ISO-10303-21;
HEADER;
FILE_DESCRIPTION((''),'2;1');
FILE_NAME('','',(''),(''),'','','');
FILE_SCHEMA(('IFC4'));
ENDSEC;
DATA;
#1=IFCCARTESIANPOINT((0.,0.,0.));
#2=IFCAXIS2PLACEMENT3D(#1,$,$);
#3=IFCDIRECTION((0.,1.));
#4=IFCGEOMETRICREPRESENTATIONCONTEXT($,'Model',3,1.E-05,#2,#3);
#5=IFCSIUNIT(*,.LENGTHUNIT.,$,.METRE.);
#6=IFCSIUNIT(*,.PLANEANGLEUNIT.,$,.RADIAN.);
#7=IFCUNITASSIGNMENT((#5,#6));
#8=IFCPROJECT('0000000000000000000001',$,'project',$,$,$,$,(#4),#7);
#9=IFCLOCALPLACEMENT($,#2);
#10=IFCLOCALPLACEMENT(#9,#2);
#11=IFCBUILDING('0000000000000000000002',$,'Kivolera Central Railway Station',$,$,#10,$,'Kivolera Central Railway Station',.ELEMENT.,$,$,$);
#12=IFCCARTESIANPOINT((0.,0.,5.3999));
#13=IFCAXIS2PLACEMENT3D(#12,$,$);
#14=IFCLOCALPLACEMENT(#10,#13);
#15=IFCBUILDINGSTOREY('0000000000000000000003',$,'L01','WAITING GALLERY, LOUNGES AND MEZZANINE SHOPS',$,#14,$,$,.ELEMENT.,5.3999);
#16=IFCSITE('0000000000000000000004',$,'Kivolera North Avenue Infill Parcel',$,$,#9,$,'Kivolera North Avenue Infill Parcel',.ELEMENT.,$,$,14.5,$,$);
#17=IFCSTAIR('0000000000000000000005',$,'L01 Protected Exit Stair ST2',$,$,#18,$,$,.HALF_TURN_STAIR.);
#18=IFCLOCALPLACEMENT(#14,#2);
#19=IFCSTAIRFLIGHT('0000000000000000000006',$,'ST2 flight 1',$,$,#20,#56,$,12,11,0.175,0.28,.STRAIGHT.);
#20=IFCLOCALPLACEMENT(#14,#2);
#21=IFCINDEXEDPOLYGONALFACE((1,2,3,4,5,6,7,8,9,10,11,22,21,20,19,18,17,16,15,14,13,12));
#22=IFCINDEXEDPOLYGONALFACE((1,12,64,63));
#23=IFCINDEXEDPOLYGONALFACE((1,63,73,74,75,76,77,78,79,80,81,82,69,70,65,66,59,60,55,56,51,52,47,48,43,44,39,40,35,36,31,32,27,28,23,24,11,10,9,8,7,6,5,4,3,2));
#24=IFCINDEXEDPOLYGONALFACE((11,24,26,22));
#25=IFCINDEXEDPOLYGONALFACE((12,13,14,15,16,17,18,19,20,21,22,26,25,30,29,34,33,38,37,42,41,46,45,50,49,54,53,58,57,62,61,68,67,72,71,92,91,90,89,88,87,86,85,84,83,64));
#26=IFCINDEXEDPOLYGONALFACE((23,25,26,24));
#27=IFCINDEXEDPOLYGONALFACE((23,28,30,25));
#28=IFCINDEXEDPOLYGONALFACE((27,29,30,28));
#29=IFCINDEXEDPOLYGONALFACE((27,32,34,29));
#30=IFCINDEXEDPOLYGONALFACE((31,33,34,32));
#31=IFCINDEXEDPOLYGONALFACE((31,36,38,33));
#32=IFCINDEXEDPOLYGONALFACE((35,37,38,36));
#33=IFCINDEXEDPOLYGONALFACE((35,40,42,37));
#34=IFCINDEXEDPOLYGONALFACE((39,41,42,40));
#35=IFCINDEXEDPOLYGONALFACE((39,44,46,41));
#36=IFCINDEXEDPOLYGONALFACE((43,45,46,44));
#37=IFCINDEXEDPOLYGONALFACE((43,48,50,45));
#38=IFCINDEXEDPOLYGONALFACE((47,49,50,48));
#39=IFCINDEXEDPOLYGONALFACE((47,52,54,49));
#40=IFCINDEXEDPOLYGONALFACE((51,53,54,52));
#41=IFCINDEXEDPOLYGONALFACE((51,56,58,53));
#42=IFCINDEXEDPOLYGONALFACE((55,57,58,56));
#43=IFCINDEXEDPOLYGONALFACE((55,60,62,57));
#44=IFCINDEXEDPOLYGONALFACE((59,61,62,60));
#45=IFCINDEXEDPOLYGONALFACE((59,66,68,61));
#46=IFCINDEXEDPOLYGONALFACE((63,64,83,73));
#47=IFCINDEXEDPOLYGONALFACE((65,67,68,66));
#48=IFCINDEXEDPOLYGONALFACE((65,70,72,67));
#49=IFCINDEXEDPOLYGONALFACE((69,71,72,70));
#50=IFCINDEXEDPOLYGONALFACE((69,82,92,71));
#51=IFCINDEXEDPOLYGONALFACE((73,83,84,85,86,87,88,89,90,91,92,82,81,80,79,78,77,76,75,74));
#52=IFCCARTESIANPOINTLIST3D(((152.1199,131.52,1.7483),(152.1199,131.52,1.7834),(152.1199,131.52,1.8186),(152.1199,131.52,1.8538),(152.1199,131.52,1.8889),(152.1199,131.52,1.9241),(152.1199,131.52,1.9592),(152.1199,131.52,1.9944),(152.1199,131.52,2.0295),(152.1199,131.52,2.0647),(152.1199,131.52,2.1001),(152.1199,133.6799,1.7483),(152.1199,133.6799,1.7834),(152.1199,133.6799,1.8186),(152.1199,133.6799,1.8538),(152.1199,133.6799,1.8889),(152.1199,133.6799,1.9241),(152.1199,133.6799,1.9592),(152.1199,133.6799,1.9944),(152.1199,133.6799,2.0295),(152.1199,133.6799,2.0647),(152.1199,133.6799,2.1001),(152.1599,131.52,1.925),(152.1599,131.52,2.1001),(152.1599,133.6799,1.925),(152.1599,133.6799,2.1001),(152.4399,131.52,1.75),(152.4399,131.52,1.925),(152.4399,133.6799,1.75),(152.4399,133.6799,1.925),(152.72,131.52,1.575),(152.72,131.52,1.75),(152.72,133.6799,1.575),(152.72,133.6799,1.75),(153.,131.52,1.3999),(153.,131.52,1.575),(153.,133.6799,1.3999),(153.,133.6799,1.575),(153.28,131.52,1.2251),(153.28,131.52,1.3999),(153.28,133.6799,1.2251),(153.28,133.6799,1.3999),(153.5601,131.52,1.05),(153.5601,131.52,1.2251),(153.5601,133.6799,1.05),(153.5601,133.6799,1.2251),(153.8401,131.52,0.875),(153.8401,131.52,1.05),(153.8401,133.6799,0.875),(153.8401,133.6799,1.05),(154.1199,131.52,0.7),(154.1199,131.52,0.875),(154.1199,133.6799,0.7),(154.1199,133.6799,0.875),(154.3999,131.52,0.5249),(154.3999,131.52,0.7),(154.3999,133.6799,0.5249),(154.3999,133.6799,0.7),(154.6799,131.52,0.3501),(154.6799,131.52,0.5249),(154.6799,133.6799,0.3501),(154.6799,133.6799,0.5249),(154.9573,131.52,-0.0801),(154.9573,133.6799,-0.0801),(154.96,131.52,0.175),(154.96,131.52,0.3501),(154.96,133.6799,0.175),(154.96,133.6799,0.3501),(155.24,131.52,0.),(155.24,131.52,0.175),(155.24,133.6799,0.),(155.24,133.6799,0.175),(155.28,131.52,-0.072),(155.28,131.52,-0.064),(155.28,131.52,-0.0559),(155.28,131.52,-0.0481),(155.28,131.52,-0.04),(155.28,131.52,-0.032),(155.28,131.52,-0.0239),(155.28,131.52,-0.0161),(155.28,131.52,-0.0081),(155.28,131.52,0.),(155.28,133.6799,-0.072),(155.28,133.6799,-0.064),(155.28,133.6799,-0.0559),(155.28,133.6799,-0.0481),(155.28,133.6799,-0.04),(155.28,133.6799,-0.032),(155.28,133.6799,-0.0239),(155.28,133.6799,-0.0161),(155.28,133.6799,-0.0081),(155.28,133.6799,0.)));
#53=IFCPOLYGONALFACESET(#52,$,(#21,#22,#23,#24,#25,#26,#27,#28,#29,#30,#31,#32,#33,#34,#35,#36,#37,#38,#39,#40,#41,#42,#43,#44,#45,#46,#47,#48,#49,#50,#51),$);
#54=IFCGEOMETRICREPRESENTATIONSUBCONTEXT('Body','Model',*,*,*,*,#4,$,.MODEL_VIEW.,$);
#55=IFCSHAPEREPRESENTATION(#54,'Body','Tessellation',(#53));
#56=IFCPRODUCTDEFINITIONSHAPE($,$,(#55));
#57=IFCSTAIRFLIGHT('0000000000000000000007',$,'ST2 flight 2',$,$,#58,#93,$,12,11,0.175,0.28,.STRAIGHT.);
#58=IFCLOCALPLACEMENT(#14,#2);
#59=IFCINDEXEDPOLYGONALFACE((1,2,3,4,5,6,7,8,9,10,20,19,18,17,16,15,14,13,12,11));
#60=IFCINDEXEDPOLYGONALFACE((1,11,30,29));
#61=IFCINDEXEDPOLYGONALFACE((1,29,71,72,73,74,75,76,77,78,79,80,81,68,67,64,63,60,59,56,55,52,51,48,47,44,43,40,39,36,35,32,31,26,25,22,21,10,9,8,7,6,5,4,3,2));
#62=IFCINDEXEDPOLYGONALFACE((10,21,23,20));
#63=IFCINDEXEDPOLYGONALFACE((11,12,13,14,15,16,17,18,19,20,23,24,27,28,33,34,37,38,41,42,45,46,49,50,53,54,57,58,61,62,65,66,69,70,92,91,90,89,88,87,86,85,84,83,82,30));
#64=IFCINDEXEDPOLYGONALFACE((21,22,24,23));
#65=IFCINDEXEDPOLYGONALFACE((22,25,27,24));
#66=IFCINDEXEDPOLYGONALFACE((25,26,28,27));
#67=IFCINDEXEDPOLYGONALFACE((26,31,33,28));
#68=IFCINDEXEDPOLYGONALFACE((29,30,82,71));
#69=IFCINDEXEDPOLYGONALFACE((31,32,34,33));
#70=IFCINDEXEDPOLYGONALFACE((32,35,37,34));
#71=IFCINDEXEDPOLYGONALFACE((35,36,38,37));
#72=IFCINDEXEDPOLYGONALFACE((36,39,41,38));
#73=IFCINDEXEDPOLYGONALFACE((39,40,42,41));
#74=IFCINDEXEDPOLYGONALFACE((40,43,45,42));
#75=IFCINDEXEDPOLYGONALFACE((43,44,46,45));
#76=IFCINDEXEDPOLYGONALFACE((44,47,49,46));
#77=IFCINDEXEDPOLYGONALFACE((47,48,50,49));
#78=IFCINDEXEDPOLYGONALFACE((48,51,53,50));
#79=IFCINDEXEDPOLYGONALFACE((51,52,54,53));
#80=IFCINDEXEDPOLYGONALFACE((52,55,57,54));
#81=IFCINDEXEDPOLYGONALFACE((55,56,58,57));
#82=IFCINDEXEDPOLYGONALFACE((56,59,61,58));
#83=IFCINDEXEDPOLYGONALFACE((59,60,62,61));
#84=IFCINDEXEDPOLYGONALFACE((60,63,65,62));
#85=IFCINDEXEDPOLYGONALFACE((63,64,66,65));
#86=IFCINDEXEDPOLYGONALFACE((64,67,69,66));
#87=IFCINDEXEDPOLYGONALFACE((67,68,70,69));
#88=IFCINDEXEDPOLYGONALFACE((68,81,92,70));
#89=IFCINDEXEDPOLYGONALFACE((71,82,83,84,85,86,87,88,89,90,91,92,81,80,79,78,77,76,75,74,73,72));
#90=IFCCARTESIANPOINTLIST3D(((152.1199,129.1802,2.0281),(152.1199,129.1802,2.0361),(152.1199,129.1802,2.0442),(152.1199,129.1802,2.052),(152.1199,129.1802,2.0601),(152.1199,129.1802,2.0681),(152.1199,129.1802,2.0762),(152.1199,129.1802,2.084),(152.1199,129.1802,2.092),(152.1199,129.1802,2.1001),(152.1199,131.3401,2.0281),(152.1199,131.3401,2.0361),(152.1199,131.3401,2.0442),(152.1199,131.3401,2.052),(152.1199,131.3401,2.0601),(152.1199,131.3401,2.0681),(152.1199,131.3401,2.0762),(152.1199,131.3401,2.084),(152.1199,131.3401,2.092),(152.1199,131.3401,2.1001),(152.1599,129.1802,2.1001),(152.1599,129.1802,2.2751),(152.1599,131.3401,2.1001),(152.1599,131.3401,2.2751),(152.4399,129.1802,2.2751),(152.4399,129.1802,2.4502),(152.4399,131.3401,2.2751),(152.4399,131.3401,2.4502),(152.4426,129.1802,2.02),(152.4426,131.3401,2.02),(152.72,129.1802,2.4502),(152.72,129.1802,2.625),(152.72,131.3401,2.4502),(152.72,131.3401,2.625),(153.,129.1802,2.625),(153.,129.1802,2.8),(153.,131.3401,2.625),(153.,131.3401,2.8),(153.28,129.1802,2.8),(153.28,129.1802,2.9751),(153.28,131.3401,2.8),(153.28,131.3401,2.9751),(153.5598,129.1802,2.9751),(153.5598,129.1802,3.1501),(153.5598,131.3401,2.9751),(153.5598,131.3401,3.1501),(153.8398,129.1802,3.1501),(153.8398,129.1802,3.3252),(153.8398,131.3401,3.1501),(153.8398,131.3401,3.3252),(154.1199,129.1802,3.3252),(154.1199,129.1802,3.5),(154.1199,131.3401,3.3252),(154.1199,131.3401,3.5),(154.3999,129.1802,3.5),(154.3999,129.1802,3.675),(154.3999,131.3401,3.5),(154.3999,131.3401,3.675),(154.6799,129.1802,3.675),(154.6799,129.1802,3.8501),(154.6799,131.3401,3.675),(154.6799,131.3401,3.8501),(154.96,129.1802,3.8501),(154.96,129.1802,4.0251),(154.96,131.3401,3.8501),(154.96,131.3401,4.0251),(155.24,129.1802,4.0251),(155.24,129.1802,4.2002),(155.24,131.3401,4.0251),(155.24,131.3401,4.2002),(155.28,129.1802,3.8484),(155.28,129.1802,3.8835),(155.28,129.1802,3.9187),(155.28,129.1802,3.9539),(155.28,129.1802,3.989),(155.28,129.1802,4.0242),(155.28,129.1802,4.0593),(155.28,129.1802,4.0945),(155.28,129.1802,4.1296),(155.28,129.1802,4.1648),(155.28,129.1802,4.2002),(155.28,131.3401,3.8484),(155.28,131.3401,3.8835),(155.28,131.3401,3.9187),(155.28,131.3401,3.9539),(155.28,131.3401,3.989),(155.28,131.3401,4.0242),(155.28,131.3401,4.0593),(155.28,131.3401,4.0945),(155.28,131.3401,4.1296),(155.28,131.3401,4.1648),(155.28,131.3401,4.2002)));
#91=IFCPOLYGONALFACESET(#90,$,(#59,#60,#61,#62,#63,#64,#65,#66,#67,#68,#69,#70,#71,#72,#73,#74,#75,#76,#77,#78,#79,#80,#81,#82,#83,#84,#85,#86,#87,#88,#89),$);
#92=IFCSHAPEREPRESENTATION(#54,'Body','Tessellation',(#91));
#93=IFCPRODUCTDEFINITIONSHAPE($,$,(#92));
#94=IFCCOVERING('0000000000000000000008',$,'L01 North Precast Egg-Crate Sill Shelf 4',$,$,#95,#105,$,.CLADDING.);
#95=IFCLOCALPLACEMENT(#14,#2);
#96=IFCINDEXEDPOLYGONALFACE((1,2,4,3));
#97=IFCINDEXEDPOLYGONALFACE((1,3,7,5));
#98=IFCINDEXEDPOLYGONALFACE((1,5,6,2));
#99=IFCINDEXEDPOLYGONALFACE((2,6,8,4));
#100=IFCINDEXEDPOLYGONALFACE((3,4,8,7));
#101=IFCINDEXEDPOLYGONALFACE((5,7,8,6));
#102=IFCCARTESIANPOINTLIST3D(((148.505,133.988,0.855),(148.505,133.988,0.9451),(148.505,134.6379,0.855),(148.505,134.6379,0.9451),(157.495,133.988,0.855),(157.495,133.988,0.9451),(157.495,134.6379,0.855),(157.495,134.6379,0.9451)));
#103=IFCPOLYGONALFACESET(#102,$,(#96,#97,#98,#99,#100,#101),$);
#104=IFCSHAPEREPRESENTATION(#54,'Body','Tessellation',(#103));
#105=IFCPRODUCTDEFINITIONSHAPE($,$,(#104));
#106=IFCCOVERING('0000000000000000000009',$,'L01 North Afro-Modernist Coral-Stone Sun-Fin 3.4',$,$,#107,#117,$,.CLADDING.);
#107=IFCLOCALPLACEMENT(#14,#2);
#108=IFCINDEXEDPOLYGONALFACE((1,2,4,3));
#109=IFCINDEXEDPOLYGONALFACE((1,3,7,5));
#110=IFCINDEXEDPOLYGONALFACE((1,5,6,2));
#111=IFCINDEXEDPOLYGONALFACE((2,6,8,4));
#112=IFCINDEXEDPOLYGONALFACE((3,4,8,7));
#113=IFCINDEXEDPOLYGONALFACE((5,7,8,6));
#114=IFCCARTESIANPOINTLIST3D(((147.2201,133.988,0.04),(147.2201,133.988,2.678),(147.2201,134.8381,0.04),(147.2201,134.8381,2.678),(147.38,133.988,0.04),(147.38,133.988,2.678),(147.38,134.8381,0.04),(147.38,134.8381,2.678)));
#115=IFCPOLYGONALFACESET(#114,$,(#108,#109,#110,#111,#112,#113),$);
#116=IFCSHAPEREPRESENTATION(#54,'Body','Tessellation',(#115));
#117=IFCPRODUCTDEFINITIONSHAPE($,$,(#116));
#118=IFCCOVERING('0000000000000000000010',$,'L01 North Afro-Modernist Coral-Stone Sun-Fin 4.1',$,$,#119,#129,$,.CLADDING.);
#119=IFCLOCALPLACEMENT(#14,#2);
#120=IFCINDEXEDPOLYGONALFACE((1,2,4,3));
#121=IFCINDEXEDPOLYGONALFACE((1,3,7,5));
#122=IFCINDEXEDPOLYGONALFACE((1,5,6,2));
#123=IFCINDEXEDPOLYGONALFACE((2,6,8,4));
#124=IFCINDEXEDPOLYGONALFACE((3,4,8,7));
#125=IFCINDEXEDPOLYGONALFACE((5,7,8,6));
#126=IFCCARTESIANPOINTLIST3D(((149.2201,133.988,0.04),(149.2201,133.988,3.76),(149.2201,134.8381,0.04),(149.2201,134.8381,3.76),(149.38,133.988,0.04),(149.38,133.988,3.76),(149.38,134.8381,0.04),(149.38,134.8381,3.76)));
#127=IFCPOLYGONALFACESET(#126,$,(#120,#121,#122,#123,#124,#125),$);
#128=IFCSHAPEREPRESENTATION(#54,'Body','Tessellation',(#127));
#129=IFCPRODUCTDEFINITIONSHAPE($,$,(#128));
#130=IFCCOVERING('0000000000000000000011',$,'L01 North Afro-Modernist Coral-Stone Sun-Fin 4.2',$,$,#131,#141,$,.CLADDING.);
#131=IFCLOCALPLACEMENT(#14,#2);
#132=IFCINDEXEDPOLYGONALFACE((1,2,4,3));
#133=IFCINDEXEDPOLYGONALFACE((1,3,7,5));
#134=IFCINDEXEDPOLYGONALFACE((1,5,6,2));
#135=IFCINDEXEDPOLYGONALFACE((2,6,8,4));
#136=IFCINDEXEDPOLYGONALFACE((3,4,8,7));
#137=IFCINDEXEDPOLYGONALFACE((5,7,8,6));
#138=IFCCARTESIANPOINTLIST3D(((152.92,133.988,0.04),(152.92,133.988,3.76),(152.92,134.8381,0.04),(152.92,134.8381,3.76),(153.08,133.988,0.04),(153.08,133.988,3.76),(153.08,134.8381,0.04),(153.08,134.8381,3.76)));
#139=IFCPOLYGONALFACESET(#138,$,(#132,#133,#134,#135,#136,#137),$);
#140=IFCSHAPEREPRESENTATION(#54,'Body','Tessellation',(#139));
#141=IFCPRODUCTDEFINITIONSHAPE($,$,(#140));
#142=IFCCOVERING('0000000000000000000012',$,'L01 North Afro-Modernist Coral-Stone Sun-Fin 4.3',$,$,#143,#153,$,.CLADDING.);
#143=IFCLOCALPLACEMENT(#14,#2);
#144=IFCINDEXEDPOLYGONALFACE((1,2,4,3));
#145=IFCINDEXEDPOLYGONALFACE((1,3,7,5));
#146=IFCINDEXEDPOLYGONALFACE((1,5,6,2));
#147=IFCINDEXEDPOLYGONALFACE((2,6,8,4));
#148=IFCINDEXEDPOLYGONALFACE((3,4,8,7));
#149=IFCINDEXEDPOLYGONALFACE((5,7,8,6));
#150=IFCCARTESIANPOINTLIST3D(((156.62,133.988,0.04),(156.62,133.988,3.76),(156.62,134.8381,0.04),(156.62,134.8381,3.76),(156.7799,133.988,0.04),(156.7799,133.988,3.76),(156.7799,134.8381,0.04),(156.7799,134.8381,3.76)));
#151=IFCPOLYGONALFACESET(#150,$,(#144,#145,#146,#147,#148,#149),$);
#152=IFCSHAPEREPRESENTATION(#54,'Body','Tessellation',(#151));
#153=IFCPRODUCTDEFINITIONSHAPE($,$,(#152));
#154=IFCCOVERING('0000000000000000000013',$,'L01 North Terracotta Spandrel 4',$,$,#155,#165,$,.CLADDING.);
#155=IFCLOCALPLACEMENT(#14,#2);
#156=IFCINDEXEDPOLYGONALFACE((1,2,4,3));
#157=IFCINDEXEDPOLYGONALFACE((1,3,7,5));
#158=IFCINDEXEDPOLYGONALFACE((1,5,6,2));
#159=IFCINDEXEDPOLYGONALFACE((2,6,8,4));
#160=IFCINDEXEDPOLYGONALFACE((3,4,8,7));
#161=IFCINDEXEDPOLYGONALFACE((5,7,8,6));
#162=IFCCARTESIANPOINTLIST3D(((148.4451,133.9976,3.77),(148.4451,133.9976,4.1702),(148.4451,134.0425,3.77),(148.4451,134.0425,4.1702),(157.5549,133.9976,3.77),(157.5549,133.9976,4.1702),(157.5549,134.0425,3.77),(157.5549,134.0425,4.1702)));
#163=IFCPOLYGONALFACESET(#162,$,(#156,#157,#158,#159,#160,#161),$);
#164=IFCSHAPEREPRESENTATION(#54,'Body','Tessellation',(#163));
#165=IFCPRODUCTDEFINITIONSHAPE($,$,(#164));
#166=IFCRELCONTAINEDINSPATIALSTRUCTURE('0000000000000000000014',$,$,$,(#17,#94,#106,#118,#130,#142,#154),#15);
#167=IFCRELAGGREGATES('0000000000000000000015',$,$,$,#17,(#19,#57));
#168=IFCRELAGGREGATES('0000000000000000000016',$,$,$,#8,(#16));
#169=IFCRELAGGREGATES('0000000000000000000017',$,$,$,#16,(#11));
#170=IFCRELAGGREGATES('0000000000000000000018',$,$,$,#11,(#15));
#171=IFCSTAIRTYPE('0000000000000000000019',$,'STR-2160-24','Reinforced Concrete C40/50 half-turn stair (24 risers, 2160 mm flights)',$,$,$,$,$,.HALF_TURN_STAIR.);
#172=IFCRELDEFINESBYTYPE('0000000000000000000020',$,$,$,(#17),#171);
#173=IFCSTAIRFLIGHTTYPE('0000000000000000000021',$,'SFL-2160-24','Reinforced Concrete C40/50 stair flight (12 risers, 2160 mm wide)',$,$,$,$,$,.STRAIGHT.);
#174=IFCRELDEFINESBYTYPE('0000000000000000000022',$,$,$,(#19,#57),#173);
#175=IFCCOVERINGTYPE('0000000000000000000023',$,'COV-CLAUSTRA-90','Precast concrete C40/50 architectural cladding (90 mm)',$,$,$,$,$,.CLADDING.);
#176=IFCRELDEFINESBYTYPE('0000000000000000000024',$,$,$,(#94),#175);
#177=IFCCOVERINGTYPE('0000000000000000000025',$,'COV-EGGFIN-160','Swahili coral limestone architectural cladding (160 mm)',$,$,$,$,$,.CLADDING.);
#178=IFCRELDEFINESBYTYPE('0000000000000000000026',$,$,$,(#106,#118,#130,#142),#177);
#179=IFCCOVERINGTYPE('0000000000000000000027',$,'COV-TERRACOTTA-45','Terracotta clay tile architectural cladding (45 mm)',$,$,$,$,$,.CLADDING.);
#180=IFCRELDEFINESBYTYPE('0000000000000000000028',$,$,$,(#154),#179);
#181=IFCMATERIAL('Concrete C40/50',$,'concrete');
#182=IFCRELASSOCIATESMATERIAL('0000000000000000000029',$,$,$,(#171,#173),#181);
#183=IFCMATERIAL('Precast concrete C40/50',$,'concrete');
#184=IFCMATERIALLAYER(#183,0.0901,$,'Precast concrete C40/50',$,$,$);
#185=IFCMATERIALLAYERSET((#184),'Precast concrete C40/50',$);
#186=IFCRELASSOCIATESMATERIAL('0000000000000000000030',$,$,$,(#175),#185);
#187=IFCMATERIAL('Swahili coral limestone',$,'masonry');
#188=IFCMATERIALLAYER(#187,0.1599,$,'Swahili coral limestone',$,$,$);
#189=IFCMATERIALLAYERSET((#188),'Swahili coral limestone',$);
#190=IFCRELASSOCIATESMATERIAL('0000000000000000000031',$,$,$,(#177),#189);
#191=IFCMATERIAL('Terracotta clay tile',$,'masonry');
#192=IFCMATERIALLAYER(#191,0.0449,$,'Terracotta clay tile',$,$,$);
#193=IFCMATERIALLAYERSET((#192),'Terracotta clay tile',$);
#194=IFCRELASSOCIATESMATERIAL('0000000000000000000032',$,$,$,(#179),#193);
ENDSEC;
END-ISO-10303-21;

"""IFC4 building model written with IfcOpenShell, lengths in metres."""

from ifc_helpers import new_model, si_unit, direction, frame, frame_2d, origin, origin_2d, place, context, subcontext, project, spatial, polyline, rectangle, outline, extrude, material, layer, layer_set, type_object, element, aggregate, save


model = new_model("IFC4")

# Units and contexts
model_context = context("Model", 3, precision=1e-05, world=origin(), true_north=direction((0.0, 1.0)))
body_context = subcontext(model_context, "Body", "Model", "MODEL_VIEW")
ifc_project = project(units=[si_unit("LENGTHUNIT", "METRE"), si_unit("PLANEANGLEUNIT", "RADIAN")], contexts=[model_context])

# Site, building, storey
site_placement = place(None, origin())
site = spatial("IfcSite", under=ifc_project, at=site_placement, Name="Kivolera North Avenue Infill Parcel", LongName="Kivolera North Avenue Infill Parcel", CompositionType="ELEMENT", RefElevation=14.5)
building_placement = place(site_placement, origin())
building = spatial("IfcBuilding", under=site, at=building_placement, Name="Kivolera Central Railway Station", LongName="Kivolera Central Railway Station", CompositionType="ELEMENT")
storey_placement = place(building_placement, frame((0.0, 0.0, 5.3999)))
storey = spatial("IfcBuildingStorey", under=building, at=storey_placement, Name="L01", Description="WAITING GALLERY, LOUNGES AND MEZZANINE SHOPS", CompositionType="ELEMENT", Elevation=5.3999)

# Shared definitions
ifc_material_1 = material(Name="Concrete C40/50", Category="concrete")

# Stair, stair flights
stair_type = type_object("IfcStairType", Name="STR-2160-24", Description="Reinforced Concrete C40/50 half-turn stair (24 risers, 2160 mm flights)", PredefinedType="HALF_TURN_STAIR", material=ifc_material_1)
stair_placement = place(storey_placement, origin())
stair = element("IfcStair", 1, at=stair_placement, inside=storey, type_object=stair_type, Name="L01 Protected Exit Stair ST2", PredefinedType="HALF_TURN_STAIR")
stair_flight_type = type_object("IfcStairFlightType", Name="SFL-2160-24", Description="Reinforced Concrete C40/50 stair flight (12 risers, 2160 mm wide)", PredefinedType="STRAIGHT", material=ifc_material_1)
stair_flight_1_placement = place(storey_placement, frame((155.24, 132.6001, 0.0), z_axis=(0.0, 0.0, 1.0), x_axis=(-1.0, 0.0, 0.0)))
stair_flight_1 = element("IfcStairFlight", 2, at=stair_flight_1_placement, type_object=stair_flight_type, Name="ST2 flight 1", NumberOfRisers=12, NumberOfTreads=11, PredefinedType="STRAIGHT", RiserHeight=0.175, TreadLength=0.28, context=body_context, shape_type="SweptSolid", body=[
    extrude(outline(polyline([(-0.04, 0.0), (0.0, 0.0), (0.0, 0.175), (0.28, 0.175), (0.28, 0.3501), (0.5601, 0.3501), (0.5601, 0.5249), (0.8401, 0.5249), (0.8401, 0.7), (1.1201, 0.7), (1.1201, 0.875), (1.3999, 0.875), (1.3999, 1.05), (1.6799, 1.05), (1.6799, 1.2251), (1.96, 1.2251), (1.96, 1.3999), (2.24, 1.3999), (2.24, 1.575), (2.52, 1.575), (2.52, 1.75), (2.8, 1.75), (2.8, 1.925), (3.0801, 1.925), (3.0801, 2.1001), (3.1201, 2.1001), (3.1201, 2.0647), (3.1201, 2.0295), (3.1201, 1.9944), (3.1201, 1.9592), (3.1201, 1.9241), (3.1201, 1.8889), (3.1201, 1.8538), (3.1201, 1.8186), (3.1201, 1.7834), (3.1201, 1.7483), (0.2827, -0.0801), (-0.04, -0.072), (-0.04, -0.064), (-0.04, -0.0559), (-0.04, -0.0481), (-0.04, -0.04), (-0.04, -0.032), (-0.04, -0.0239), (-0.04, -0.0161), (-0.04, -0.0081), (-0.04, 0.0)])), frame((0.0, 1.0801, 0.0), z_axis=(0.0, -1.0, 0.0), x_axis=(1.0, 0.0, 0.0)), (0.0, 0.0, 1.0), 2.1599),
])
stair_flight_2_placement = place(storey_placement, frame((152.1599, 130.26, 2.1001), z_axis=(0.0, 0.0, 1.0), x_axis=(1.0, 0.0, 0.0)))
stair_flight_2 = element("IfcStairFlight", 3, at=stair_flight_2_placement, type_object=stair_flight_type, Name="ST2 flight 2", NumberOfRisers=12, NumberOfTreads=11, PredefinedType="STRAIGHT", RiserHeight=0.175, TreadLength=0.28, context=body_context, shape_type="SweptSolid", body=[
    extrude(outline(polyline([(-0.04, 0.0), (0.0, 0.0), (0.0, 0.175), (0.28, 0.175), (0.28, 0.3501), (0.5601, 0.3501), (0.5601, 0.5249), (0.8401, 0.5249), (0.8401, 0.7), (1.1201, 0.7), (1.1201, 0.875), (1.3999, 0.875), (1.3999, 1.05), (1.6799, 1.05), (1.6799, 1.2251), (1.96, 1.2251), (1.96, 1.3999), (2.24, 1.3999), (2.24, 1.575), (2.52, 1.575), (2.52, 1.75), (2.8, 1.75), (2.8, 1.925), (3.0801, 1.925), (3.0801, 2.1001), (3.1201, 2.1001), (3.1201, 2.0647), (3.1201, 2.0295), (3.1201, 1.9944), (3.1201, 1.9592), (3.1201, 1.9241), (3.1201, 1.8889), (3.1201, 1.8538), (3.1201, 1.8186), (3.1201, 1.7834), (3.1201, 1.7483), (0.2827, -0.0801), (-0.04, -0.072), (-0.04, -0.064), (-0.04, -0.0559), (-0.04, -0.0481), (-0.04, -0.04), (-0.04, -0.032), (-0.04, -0.0239), (-0.04, -0.0161), (-0.04, -0.0081), (-0.04, 0.0)])), frame((0.0, 1.0801, 0.0), z_axis=(0.0, -1.0, 0.0), x_axis=(1.0, 0.0, 0.0)), (0.0, 0.0, 1.0), 2.1599),
])
aggregate(stair, [stair_flight_1, stair_flight_2])

# Coverings
ifc_material_2 = material(Name="Precast concrete C40/50", Category="concrete")
ifc_layer_1 = layer(ifc_material_2, 0.0901, Name="Precast concrete C40/50")
ifc_layer_set_1 = layer_set([ifc_layer_1], Name="Precast concrete C40/50")
covering_type_1 = type_object("IfcCoveringType", Name="COV-CLAUSTRA-90", Description="Precast concrete C40/50 architectural cladding (90 mm)", PredefinedType="CLADDING", material=ifc_layer_set_1)
covering_1_placement = place(storey_placement, frame((153.0, 134.313, 0.855), z_axis=(0.0, 0.0, 1.0), x_axis=(1.0, 0.0, 0.0)))
element("IfcCovering", 4, at=covering_1_placement, inside=storey, type_object=covering_type_1, Name="L01 North Precast Egg-Crate Sill Shelf 4", PredefinedType="CLADDING", context=body_context, shape_type="SweptSolid", body=[
    extrude(rectangle(XDim=8.99, YDim=0.6499, at=origin_2d()), origin(), (0.0, 0.0, 1.0), 0.0901),
])
ifc_material_3 = material(Name="Swahili coral limestone", Category="masonry")
ifc_layer_2 = layer(ifc_material_3, 0.1599, Name="Swahili coral limestone")
ifc_layer_set_2 = layer_set([ifc_layer_2], Name="Swahili coral limestone")
covering_type_2 = type_object("IfcCoveringType", Name="COV-EGGFIN-160", Description="Swahili coral limestone architectural cladding (160 mm)", PredefinedType="CLADDING", material=ifc_layer_set_2)
covering_2_placement = place(storey_placement, frame((147.3, 134.4131, 0.04), z_axis=(0.0, 0.0, 1.0), x_axis=(1.0, 0.0, 0.0)))
element("IfcCovering", 5, at=covering_2_placement, inside=storey, type_object=covering_type_2, Name="L01 North Afro-Modernist Coral-Stone Sun-Fin 3.4", PredefinedType="CLADDING", context=body_context, shape_type="SweptSolid", body=[
    extrude(rectangle(XDim=0.1599, YDim=0.8501, at=origin_2d()), origin(), (0.0, 0.0, 1.0), 2.6379),
])
for number, where, z_axis, x_axis, name in (
    (6, (149.3, 134.4131, 0.04), (0.0, 0.0, 1.0), (1.0, 0.0, 0.0), "L01 North Afro-Modernist Coral-Stone Sun-Fin 4.1"),
    (7, (153.0, 134.4131, 0.04), (0.0, 0.0, 1.0), (1.0, 0.0, 0.0), "L01 North Afro-Modernist Coral-Stone Sun-Fin 4.2"),
    (8, (156.7, 134.4131, 0.04), (0.0, 0.0, 1.0), (1.0, 0.0, 0.0), "L01 North Afro-Modernist Coral-Stone Sun-Fin 4.3"),
):
    element("IfcCovering", number, at=place(storey_placement, frame(where, z_axis=z_axis, x_axis=x_axis)), inside=storey, type_object=covering_type_2, Name=name, PredefinedType="CLADDING", context=body_context, shape_type="SweptSolid", body=[
        extrude(rectangle(XDim=0.1599, YDim=0.8501, at=origin_2d()), origin(), (0.0, 0.0, 1.0), 3.72),
    ])
ifc_material_4 = material(Name="Terracotta clay tile", Category="masonry")
ifc_layer_3 = layer(ifc_material_4, 0.0449, Name="Terracotta clay tile")
ifc_layer_set_3 = layer_set([ifc_layer_3], Name="Terracotta clay tile")
covering_type_3 = type_object("IfcCoveringType", Name="COV-TERRACOTTA-45", Description="Terracotta clay tile architectural cladding (45 mm)", PredefinedType="CLADDING", material=ifc_layer_set_3)
covering_3_placement = place(storey_placement, frame((148.4451, 134.02, 3.77), z_axis=(0.0, 0.0, 1.0), x_axis=(1.0, 0.0, 0.0)))
element("IfcCovering", 9, at=covering_3_placement, inside=storey, type_object=covering_type_3, Name="L01 North Terracotta Spandrel 4", PredefinedType="CLADDING", context=body_context, shape_type="SweptSolid", body=[
    extrude(rectangle(XDim=9.1099, YDim=0.0449, at=frame_2d((4.5549, 0.0))), origin(), (0.0, 0.0, 1.0), 0.4001),
])

save(model, "model.ifc")
